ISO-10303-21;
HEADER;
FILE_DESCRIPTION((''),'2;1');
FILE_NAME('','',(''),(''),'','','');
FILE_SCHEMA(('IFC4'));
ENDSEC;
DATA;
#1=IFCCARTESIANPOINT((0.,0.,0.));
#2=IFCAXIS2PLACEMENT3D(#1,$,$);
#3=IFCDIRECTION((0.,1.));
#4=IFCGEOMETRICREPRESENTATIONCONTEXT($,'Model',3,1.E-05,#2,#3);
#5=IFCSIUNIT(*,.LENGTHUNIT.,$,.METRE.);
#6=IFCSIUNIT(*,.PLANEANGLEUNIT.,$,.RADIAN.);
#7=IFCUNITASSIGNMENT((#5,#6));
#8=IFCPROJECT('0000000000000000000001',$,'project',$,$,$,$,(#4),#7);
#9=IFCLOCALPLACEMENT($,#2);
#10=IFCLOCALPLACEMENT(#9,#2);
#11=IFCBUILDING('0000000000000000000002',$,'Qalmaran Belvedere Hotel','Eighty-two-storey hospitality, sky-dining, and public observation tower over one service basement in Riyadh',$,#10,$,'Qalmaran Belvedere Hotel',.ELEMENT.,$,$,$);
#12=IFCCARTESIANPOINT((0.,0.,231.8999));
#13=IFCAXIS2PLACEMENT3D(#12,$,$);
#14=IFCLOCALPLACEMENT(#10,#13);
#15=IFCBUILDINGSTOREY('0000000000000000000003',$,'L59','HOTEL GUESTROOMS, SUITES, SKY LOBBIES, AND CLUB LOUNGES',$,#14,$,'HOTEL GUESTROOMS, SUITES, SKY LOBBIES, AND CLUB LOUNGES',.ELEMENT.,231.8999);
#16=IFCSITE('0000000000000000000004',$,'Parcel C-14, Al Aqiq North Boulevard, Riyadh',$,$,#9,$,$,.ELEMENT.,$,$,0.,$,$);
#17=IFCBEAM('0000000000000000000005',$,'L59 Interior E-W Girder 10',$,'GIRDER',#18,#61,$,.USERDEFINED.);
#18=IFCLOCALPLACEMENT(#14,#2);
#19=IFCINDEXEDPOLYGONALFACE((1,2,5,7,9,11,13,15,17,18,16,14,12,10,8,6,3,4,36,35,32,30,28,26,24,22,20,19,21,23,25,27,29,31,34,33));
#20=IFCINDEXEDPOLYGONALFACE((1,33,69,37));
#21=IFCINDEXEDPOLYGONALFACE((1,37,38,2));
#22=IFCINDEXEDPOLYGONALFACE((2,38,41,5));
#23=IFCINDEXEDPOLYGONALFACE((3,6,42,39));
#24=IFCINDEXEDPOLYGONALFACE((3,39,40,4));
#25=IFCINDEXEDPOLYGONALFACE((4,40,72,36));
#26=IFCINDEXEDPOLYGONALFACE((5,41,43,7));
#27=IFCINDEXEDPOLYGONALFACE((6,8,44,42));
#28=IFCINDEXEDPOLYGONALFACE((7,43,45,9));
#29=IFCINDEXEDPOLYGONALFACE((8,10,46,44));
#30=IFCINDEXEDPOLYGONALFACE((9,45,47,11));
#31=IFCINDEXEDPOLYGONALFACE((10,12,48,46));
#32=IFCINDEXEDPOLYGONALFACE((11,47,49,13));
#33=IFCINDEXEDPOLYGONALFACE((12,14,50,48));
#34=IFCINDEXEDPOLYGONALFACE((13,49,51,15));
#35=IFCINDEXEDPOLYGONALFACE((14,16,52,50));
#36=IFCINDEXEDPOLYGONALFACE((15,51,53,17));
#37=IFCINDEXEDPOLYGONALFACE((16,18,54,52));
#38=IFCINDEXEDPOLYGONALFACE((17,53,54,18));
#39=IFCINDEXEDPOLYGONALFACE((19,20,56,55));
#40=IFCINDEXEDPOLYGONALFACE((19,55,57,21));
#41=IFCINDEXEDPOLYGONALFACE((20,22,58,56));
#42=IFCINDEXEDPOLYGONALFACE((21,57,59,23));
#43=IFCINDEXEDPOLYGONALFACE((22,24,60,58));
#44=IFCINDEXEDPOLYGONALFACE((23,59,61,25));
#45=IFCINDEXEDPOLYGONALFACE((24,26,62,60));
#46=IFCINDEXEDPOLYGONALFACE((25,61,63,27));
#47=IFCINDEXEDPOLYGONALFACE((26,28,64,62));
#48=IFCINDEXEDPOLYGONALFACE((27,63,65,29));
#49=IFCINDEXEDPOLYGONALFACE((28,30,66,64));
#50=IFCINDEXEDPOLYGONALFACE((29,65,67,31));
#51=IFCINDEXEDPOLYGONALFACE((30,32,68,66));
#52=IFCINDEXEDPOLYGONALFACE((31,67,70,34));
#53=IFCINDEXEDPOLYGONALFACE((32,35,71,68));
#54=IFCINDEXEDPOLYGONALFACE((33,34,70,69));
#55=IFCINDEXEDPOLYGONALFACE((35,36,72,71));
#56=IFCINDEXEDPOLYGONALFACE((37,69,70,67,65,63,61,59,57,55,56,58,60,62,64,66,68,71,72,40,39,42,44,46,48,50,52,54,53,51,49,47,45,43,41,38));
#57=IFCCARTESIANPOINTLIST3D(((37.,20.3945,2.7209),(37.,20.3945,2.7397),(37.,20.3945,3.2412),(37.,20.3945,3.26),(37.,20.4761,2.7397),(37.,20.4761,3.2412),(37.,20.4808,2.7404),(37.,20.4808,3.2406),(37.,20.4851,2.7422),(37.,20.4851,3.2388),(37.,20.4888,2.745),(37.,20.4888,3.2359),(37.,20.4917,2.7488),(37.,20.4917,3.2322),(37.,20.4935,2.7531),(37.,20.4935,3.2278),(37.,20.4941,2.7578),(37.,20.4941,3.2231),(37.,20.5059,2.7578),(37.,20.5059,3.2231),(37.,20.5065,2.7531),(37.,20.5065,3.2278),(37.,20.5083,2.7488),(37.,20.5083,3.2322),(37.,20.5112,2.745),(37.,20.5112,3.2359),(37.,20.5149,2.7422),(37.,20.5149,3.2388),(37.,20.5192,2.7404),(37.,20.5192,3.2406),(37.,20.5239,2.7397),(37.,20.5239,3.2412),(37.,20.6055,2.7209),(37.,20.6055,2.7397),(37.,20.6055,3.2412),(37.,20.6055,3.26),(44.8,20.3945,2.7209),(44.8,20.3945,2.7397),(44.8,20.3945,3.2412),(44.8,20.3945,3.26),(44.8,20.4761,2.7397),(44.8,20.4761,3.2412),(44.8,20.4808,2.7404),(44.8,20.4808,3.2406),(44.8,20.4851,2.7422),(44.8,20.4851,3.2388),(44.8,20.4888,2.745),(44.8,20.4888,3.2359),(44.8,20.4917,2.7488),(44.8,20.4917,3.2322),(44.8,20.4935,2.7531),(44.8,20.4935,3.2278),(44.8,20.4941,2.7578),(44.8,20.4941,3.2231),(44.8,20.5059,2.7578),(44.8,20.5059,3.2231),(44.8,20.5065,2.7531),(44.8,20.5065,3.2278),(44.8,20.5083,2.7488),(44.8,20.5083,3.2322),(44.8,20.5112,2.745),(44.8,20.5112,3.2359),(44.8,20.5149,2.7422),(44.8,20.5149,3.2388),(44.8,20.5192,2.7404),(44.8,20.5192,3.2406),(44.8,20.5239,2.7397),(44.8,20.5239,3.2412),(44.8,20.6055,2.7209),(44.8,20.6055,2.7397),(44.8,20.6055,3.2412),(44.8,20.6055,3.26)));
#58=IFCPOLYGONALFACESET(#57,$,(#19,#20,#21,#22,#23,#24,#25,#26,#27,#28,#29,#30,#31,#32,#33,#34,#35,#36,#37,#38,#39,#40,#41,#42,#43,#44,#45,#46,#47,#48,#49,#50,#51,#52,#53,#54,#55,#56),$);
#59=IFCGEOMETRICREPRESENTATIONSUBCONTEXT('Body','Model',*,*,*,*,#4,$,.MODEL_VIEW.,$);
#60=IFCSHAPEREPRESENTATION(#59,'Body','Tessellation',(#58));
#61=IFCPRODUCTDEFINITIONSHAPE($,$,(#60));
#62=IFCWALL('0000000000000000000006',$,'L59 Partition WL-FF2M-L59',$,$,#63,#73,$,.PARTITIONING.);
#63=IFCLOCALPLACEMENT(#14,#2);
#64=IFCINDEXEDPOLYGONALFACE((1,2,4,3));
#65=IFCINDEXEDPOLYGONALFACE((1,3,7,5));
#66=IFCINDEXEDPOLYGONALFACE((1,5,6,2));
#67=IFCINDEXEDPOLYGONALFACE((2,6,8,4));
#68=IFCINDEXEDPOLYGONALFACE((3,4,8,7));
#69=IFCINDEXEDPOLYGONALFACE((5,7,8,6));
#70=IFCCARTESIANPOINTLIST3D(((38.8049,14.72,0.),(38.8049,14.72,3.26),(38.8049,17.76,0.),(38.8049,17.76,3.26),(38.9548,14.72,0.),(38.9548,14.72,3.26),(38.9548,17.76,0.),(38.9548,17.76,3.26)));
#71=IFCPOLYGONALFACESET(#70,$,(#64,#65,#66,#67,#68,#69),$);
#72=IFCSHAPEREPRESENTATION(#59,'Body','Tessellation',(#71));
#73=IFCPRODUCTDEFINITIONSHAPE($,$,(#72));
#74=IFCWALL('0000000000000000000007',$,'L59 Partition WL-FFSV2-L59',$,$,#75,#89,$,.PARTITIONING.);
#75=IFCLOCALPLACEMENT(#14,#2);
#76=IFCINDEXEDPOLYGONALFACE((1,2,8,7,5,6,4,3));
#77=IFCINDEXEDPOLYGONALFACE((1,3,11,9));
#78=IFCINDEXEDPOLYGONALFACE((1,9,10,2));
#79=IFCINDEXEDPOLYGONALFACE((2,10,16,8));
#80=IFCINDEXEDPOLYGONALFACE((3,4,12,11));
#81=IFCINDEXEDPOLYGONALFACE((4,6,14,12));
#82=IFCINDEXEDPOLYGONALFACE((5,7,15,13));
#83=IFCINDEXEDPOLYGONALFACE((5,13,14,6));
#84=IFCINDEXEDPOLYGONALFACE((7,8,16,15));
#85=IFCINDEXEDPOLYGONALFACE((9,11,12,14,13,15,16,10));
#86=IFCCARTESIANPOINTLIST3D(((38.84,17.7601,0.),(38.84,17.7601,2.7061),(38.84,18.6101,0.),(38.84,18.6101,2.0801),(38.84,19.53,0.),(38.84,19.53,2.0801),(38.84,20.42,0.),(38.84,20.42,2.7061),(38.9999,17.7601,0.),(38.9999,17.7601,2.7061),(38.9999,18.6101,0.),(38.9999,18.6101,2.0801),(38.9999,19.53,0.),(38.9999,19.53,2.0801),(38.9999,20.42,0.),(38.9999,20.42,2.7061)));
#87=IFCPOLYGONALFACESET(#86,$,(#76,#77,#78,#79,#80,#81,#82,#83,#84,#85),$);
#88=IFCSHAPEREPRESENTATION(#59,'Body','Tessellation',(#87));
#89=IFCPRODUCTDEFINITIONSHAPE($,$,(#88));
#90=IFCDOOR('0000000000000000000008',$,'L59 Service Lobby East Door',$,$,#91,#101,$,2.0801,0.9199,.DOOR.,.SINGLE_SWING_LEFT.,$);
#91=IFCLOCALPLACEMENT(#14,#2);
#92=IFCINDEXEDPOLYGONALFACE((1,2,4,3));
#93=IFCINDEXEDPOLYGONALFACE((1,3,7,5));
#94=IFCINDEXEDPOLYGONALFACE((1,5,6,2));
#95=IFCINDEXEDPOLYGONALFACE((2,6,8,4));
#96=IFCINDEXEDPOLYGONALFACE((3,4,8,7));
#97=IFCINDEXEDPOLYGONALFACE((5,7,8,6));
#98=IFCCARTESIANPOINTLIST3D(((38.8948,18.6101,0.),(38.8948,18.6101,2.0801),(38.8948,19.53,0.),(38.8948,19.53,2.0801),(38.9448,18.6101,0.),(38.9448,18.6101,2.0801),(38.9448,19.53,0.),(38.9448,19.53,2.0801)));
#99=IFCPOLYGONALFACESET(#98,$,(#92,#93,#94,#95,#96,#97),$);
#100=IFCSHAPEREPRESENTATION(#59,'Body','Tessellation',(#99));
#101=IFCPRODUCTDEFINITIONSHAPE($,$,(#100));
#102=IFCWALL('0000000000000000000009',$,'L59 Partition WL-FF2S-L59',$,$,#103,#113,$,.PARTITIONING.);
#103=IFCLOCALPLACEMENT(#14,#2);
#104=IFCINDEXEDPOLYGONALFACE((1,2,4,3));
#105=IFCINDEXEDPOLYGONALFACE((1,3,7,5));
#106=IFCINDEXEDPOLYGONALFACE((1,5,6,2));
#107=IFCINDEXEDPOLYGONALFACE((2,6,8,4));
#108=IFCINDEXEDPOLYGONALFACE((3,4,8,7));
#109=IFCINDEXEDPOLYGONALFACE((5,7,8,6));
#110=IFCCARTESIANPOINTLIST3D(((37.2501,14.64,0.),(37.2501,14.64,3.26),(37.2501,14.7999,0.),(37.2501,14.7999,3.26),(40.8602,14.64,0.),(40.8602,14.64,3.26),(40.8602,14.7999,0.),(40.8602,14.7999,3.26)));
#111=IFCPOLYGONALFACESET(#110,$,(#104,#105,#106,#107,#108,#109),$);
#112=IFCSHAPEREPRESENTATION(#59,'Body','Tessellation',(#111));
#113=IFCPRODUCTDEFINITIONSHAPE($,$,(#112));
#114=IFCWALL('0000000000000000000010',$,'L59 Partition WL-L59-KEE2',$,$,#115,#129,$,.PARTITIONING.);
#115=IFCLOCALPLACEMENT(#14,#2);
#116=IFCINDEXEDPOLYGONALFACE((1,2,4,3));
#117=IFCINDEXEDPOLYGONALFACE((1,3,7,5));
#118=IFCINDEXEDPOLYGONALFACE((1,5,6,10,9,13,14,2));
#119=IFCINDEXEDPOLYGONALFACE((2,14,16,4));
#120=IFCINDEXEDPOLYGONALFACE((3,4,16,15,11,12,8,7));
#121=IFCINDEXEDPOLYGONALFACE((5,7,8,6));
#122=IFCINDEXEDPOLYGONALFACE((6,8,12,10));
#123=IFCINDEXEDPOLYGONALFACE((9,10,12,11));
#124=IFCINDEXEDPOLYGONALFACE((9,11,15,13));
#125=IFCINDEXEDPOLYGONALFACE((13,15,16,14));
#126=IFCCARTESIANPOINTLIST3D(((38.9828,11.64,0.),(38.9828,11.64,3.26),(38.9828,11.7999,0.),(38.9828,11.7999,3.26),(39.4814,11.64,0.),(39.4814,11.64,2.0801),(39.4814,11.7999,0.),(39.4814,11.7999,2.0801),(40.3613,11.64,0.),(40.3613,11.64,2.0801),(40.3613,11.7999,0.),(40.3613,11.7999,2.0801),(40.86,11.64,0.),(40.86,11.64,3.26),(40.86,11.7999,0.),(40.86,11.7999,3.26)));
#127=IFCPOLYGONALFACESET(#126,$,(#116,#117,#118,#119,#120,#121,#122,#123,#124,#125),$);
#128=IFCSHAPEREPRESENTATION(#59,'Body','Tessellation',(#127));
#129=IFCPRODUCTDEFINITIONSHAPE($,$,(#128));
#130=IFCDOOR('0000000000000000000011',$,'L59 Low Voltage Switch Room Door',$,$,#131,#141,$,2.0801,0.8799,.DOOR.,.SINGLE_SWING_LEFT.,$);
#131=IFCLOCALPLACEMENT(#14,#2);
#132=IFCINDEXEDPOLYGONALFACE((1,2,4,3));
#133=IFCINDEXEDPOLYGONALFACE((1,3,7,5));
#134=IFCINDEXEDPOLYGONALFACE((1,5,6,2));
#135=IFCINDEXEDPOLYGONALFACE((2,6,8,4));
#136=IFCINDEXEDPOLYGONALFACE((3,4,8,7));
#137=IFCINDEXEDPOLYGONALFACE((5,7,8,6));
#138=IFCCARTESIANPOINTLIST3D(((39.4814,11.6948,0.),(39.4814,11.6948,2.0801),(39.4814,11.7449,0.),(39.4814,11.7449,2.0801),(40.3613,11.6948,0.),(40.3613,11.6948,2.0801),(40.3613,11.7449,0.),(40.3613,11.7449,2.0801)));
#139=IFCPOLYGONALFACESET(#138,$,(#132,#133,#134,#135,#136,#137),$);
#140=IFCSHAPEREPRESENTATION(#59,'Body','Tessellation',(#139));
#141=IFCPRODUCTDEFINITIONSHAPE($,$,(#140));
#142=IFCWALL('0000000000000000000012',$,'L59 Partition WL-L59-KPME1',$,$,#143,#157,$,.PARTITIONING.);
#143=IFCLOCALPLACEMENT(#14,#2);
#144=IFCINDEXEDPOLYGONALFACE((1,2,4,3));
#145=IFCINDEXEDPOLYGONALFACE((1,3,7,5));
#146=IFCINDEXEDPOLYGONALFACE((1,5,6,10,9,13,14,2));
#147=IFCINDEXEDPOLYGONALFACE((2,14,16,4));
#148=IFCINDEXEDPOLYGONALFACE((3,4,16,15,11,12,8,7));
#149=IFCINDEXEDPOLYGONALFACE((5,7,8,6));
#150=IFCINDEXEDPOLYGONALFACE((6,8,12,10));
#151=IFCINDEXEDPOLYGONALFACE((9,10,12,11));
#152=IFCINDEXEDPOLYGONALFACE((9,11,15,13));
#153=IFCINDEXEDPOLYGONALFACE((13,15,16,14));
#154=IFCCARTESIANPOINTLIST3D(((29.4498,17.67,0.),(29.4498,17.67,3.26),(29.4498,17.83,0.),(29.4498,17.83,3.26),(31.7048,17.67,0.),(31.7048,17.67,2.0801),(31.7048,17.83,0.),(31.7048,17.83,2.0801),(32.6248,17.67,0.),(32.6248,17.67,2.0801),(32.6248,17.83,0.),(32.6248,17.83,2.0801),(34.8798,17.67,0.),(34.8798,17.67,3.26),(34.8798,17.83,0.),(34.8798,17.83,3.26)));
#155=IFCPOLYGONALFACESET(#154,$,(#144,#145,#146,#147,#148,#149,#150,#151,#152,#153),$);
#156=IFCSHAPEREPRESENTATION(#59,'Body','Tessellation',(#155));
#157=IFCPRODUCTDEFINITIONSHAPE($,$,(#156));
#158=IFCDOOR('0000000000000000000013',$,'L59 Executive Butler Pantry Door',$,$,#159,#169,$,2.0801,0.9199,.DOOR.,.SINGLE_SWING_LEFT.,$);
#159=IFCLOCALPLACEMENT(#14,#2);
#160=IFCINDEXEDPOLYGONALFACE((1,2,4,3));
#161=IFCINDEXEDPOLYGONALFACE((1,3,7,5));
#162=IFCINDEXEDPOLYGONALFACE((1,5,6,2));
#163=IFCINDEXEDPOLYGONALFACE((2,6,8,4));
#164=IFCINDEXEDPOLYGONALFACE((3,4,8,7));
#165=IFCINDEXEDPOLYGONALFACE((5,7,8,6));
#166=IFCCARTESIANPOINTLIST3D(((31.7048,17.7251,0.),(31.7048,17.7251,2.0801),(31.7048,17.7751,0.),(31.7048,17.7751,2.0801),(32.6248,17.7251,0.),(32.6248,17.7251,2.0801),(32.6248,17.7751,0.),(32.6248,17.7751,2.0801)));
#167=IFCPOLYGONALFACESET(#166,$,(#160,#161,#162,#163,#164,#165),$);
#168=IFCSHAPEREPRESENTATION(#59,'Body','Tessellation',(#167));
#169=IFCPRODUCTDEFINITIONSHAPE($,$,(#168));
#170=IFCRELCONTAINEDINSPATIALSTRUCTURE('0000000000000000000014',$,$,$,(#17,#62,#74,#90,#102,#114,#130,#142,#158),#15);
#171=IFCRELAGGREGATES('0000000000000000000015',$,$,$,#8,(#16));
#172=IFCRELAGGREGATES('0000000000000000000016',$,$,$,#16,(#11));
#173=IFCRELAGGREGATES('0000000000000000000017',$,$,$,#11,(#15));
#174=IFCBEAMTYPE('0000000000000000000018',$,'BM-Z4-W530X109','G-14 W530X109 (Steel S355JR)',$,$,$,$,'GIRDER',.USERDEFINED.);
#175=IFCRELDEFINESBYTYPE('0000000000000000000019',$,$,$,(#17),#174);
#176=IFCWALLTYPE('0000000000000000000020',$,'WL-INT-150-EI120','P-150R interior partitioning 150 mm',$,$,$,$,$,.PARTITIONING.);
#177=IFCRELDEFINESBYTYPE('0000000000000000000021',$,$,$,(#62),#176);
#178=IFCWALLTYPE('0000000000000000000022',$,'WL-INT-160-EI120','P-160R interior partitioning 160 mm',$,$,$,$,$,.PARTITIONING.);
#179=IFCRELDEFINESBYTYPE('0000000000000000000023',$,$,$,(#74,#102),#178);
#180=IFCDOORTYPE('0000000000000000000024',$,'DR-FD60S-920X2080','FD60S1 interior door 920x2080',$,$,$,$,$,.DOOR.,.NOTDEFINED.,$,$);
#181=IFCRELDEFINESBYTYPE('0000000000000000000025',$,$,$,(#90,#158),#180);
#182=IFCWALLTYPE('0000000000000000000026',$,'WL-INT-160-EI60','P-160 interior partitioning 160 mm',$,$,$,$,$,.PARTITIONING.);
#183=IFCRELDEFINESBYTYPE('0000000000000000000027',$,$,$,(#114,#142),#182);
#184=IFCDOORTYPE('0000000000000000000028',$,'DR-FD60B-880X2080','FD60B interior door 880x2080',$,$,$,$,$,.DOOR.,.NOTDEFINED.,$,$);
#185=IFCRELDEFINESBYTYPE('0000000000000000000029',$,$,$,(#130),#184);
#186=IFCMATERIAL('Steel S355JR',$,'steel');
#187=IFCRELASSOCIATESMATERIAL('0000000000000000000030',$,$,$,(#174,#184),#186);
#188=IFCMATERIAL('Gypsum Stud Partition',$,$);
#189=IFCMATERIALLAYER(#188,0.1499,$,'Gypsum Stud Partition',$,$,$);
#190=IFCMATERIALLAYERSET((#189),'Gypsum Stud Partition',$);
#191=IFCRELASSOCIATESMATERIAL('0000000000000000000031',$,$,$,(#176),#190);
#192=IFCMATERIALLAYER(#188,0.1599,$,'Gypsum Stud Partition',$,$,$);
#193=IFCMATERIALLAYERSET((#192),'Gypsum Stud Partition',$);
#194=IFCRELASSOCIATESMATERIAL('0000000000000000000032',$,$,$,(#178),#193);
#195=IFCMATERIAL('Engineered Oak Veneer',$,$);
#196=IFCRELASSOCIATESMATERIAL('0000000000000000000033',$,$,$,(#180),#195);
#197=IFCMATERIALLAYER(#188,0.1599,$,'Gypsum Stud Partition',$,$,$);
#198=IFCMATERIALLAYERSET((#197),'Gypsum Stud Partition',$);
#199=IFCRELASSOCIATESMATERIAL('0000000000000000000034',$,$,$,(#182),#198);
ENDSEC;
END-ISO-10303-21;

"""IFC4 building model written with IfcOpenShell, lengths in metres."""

from ifc_helpers import new_model, si_unit, direction, frame, frame_2d, origin, origin_2d, place, context, subcontext, project, spatial, rectangle, i_section, extrude, material, layer, layer_set, material_profile, profile_set, type_object, element, fill, save


model = new_model("IFC4")

# Units and contexts
model_context = context("Model", 3, precision=1e-05, world=origin(), true_north=direction((0.0, 1.0)))
body_context = subcontext(model_context, "Body", "Model", "MODEL_VIEW")
ifc_project = project(units=[si_unit("LENGTHUNIT", "METRE"), si_unit("PLANEANGLEUNIT", "RADIAN")], contexts=[model_context])

# Site, building, storey
site_placement = place(None, origin())
site = spatial("IfcSite", under=ifc_project, at=site_placement, Name="Parcel C-14, Al Aqiq North Boulevard, Riyadh", CompositionType="ELEMENT", RefElevation=0.0)
building_placement = place(site_placement, origin())
building = spatial("IfcBuilding", under=site, at=building_placement, Name="Qalmaran Belvedere Hotel", Description="Eighty-two-storey hospitality, sky-dining, and public observation tower over one service basement in Riyadh", LongName="Qalmaran Belvedere Hotel", CompositionType="ELEMENT")
storey_placement = place(building_placement, frame((0.0, 0.0, 231.8999)))
storey = spatial("IfcBuildingStorey", under=building, at=storey_placement, Name="L59", Description="HOTEL GUESTROOMS, SUITES, SKY LOBBIES, AND CLUB LOUNGES", LongName="HOTEL GUESTROOMS, SUITES, SKY LOBBIES, AND CLUB LOUNGES", CompositionType="ELEMENT", Elevation=231.8999)

# Beam
ifc_material_1 = material(Name="Steel S355JR", Category="steel")
ifc_material_profile_1 = material_profile(ifc_material_1, i_section(OverallWidth=0.2109, OverallDepth=0.5391, WebThickness=0.0117, FlangeThickness=0.0188, FilletRadius=0.0181, at=origin_2d()), Name="W530X109")
ifc_profile_set_1 = profile_set([ifc_material_profile_1], Name="Steel S355JR")
beam_type_1 = type_object("IfcBeamType", Name="BM-Z4-W530X109", Description="G-14 W530X109 (Steel S355JR)", ElementType="GIRDER", PredefinedType="USERDEFINED", material=ifc_profile_set_1)
for number, where, z_axis, x_axis, name in (
    (1, (37.0, 20.5, 2.9905), (1.0, 0.0, 0.0), (0.0, 1.0, 0.0), "L59 Interior E-W Girder 10"),
):
    element("IfcBeam", number, at=place(storey_placement, frame(where, z_axis=z_axis, x_axis=x_axis)), inside=storey, type_object=beam_type_1, Name=name, ObjectType="GIRDER", PredefinedType="USERDEFINED", context=body_context, shape_type="SweptSolid", body=[
        extrude(i_section(OverallWidth=0.2109, OverallDepth=0.5391, WebThickness=0.0117, FlangeThickness=0.0188, FilletRadius=0.0181, at=origin_2d()), origin(), (0.0, 0.0, 1.0), 7.8),
    ])

# Wall
ifc_material_2 = material(Name="Gypsum Stud Partition")
ifc_layer_1 = layer(ifc_material_2, 0.1499, Name="Gypsum Stud Partition")
ifc_layer_set_1 = layer_set([ifc_layer_1], Name="Gypsum Stud Partition")
wall_type_1 = type_object("IfcWallType", Name="WL-INT-150-EI120", Description="P-150R interior partitioning 150 mm", PredefinedType="PARTITIONING", material=ifc_layer_set_1)
wall_1_placement = place(storey_placement, frame((38.8799, 14.72, 0.0), z_axis=(0.0, 0.0, 1.0), x_axis=(0.0, 1.0, 0.0)))
element("IfcWall", 2, at=wall_1_placement, inside=storey, type_object=wall_type_1, Name="L59 Partition WL-FF2M-L59", PredefinedType="PARTITIONING", context=body_context, shape_type="SweptSolid", body=[
    extrude(rectangle(XDim=3.04, YDim=0.1499, at=frame_2d((1.52, 0.0))), origin(), (0.0, 0.0, 1.0), 3.26),
])

# Wall, opening, door
ifc_layer_2 = layer(ifc_material_2, 0.1599, Name="Gypsum Stud Partition")
ifc_layer_set_2 = layer_set([ifc_layer_2], Name="Gypsum Stud Partition")
wall_type_2 = type_object("IfcWallType", Name="WL-INT-160-EI120", Description="P-160R interior partitioning 160 mm", PredefinedType="PARTITIONING", material=ifc_layer_set_2)
wall_2_placement = place(storey_placement, frame((38.9199, 17.76, 0.0), z_axis=(0.0, 0.0, 1.0), x_axis=(0.0, 1.0, 0.0)))
wall_2 = element("IfcWall", 3, at=wall_2_placement, inside=storey, type_object=wall_type_2, Name="L59 Partition WL-FFSV2-L59", PredefinedType="PARTITIONING", context=body_context, shape_type="SweptSolid", body=[
    extrude(rectangle(XDim=2.6599, YDim=0.1599, at=frame_2d((1.3301, 0.0))), origin(), (0.0, 0.0, 1.0), 2.7061),
])
opening_1_placement = place(wall_2_placement, frame((1.77, 0.0, 0.0), z_axis=(0.0, 0.0, 1.0), x_axis=(-1.0, 0.0, 0.0)))
opening_1 = element("IfcOpeningElement", 4, at=opening_1_placement, cuts=wall_2, PredefinedType="OPENING", context=body_context, shape_type="SweptSolid", body=[
    extrude(rectangle(XDim=0.9199, YDim=2.0801, at=frame_2d((0.46, 1.04))), frame((0.0, 0.0898, 0.0), z_axis=(0.0, -1.0, 0.0), x_axis=(1.0, 0.0, 0.0)), (0.0, 0.0, 1.0), 0.1799),
])
ifc_material_3 = material(Name="Engineered Oak Veneer")
door_type_1 = type_object("IfcDoorType", Name="DR-FD60S-920X2080", Description="FD60S1 interior door 920x2080", OperationType="NOTDEFINED", PredefinedType="DOOR", material=ifc_material_3)
door_1_placement = place(opening_1_placement, origin())
door_1 = element("IfcDoor", 5, at=door_1_placement, inside=storey, type_object=door_type_1, Name="L59 Service Lobby East Door", OperationType="SINGLE_SWING_LEFT", OverallHeight=2.0801, OverallWidth=0.9199, PredefinedType="DOOR", context=body_context, shape_type="SweptSolid", body=[
    extrude(rectangle(XDim=0.9199, YDim=2.0801, at=frame_2d((0.46, 1.04))), frame((0.0, 0.0249, 0.0), z_axis=(0.0, -1.0, 0.0), x_axis=(1.0, 0.0, 0.0)), (0.0, 0.0, 1.0), 0.05),
])
fill(opening_1, door_1)

# Wall
wall_3_placement = place(storey_placement, frame((37.25, 14.72, 0.0), z_axis=(0.0, 0.0, 1.0), x_axis=(1.0, 0.0, 0.0)))
element("IfcWall", 6, at=wall_3_placement, inside=storey, type_object=wall_type_2, Name="L59 Partition WL-FF2S-L59", PredefinedType="PARTITIONING", context=body_context, shape_type="SweptSolid", body=[
    extrude(rectangle(XDim=3.6101, YDim=0.1599, at=frame_2d((1.8052, 0.0))), origin(), (0.0, 0.0, 1.0), 3.26),
])

# Walls, openings, doors
ifc_layer_3 = layer(ifc_material_2, 0.1599, Name="Gypsum Stud Partition")
ifc_layer_set_3 = layer_set([ifc_layer_3], Name="Gypsum Stud Partition")
wall_type_3 = type_object("IfcWallType", Name="WL-INT-160-EI60", Description="P-160 interior partitioning 160 mm", PredefinedType="PARTITIONING", material=ifc_layer_set_3)
wall_4_placement = place(storey_placement, frame((38.9829, 11.72, 0.0), z_axis=(0.0, 0.0, 1.0), x_axis=(1.0, 0.0, 0.0)))
wall_4 = element("IfcWall", 7, at=wall_4_placement, inside=storey, type_object=wall_type_3, Name="L59 Partition WL-L59-KEE2", PredefinedType="PARTITIONING", context=body_context, shape_type="SweptSolid", body=[
    extrude(rectangle(XDim=1.8772, YDim=0.1599, at=frame_2d((0.9385, 0.0))), origin(), (0.0, 0.0, 1.0), 3.26),
])
opening_2_placement = place(wall_4_placement, frame((0.4985, 0.0, 0.0)))
opening_2 = element("IfcOpeningElement", 8, at=opening_2_placement, cuts=wall_4, PredefinedType="OPENING", context=body_context, shape_type="SweptSolid", body=[
    extrude(rectangle(XDim=0.8799, YDim=2.0801, at=frame_2d((0.4399, 1.04))), frame((0.0, 0.0898, 0.0), z_axis=(0.0, -1.0, 0.0), x_axis=(1.0, 0.0, 0.0)), (0.0, 0.0, 1.0), 0.1799),
])
door_type_2 = type_object("IfcDoorType", Name="DR-FD60B-880X2080", Description="FD60B interior door 880x2080", OperationType="NOTDEFINED", PredefinedType="DOOR", material=ifc_material_1)
door_2_placement = place(opening_2_placement, origin())
door_2 = element("IfcDoor", 9, at=door_2_placement, inside=storey, type_object=door_type_2, Name="L59 Low Voltage Switch Room Door", OperationType="SINGLE_SWING_LEFT", OverallHeight=2.0801, OverallWidth=0.8799, PredefinedType="DOOR", context=body_context, shape_type="SweptSolid", body=[
    extrude(rectangle(XDim=0.8799, YDim=2.0801, at=frame_2d((0.4399, 1.04))), frame((0.0, 0.0249, 0.0), z_axis=(0.0, -1.0, 0.0), x_axis=(1.0, 0.0, 0.0)), (0.0, 0.0, 1.0), 0.05),
])
fill(opening_2, door_2)
wall_5_placement = place(storey_placement, frame((29.45, 17.75, 0.0), z_axis=(0.0, 0.0, 1.0), x_axis=(1.0, 0.0, 0.0)))
wall_5 = element("IfcWall", 10, at=wall_5_placement, inside=storey, type_object=wall_type_3, Name="L59 Partition WL-L59-KPME1", PredefinedType="PARTITIONING", context=body_context, shape_type="SweptSolid", body=[
    extrude(rectangle(XDim=5.4299, YDim=0.1599, at=frame_2d((2.7148, 0.0))), origin(), (0.0, 0.0, 1.0), 3.26),
])
opening_3_placement = place(wall_5_placement, frame((3.1748, 0.0, 0.0), z_axis=(0.0, 0.0, 1.0), x_axis=(-1.0, 0.0, 0.0)))
opening_3 = element("IfcOpeningElement", 11, at=opening_3_placement, cuts=wall_5, PredefinedType="OPENING", context=body_context, shape_type="SweptSolid", body=[
    extrude(rectangle(XDim=0.9199, YDim=2.0801, at=frame_2d((0.46, 1.04))), frame((0.0, 0.0898, 0.0), z_axis=(0.0, -1.0, 0.0), x_axis=(1.0, 0.0, 0.0)), (0.0, 0.0, 1.0), 0.1799),
])
door_3_placement = place(opening_3_placement, origin())
door_3 = element("IfcDoor", 12, at=door_3_placement, inside=storey, type_object=door_type_1, Name="L59 Executive Butler Pantry Door", OperationType="SINGLE_SWING_LEFT", OverallHeight=2.0801, OverallWidth=0.9199, PredefinedType="DOOR", context=body_context, shape_type="SweptSolid", body=[
    extrude(rectangle(XDim=0.9199, YDim=2.0801, at=frame_2d((0.46, 1.04))), frame((0.0, 0.0249, 0.0), z_axis=(0.0, -1.0, 0.0), x_axis=(1.0, 0.0, 0.0)), (0.0, 0.0, 1.0), 0.05),
])
fill(opening_3, door_3)

save(model, "model.ifc")
